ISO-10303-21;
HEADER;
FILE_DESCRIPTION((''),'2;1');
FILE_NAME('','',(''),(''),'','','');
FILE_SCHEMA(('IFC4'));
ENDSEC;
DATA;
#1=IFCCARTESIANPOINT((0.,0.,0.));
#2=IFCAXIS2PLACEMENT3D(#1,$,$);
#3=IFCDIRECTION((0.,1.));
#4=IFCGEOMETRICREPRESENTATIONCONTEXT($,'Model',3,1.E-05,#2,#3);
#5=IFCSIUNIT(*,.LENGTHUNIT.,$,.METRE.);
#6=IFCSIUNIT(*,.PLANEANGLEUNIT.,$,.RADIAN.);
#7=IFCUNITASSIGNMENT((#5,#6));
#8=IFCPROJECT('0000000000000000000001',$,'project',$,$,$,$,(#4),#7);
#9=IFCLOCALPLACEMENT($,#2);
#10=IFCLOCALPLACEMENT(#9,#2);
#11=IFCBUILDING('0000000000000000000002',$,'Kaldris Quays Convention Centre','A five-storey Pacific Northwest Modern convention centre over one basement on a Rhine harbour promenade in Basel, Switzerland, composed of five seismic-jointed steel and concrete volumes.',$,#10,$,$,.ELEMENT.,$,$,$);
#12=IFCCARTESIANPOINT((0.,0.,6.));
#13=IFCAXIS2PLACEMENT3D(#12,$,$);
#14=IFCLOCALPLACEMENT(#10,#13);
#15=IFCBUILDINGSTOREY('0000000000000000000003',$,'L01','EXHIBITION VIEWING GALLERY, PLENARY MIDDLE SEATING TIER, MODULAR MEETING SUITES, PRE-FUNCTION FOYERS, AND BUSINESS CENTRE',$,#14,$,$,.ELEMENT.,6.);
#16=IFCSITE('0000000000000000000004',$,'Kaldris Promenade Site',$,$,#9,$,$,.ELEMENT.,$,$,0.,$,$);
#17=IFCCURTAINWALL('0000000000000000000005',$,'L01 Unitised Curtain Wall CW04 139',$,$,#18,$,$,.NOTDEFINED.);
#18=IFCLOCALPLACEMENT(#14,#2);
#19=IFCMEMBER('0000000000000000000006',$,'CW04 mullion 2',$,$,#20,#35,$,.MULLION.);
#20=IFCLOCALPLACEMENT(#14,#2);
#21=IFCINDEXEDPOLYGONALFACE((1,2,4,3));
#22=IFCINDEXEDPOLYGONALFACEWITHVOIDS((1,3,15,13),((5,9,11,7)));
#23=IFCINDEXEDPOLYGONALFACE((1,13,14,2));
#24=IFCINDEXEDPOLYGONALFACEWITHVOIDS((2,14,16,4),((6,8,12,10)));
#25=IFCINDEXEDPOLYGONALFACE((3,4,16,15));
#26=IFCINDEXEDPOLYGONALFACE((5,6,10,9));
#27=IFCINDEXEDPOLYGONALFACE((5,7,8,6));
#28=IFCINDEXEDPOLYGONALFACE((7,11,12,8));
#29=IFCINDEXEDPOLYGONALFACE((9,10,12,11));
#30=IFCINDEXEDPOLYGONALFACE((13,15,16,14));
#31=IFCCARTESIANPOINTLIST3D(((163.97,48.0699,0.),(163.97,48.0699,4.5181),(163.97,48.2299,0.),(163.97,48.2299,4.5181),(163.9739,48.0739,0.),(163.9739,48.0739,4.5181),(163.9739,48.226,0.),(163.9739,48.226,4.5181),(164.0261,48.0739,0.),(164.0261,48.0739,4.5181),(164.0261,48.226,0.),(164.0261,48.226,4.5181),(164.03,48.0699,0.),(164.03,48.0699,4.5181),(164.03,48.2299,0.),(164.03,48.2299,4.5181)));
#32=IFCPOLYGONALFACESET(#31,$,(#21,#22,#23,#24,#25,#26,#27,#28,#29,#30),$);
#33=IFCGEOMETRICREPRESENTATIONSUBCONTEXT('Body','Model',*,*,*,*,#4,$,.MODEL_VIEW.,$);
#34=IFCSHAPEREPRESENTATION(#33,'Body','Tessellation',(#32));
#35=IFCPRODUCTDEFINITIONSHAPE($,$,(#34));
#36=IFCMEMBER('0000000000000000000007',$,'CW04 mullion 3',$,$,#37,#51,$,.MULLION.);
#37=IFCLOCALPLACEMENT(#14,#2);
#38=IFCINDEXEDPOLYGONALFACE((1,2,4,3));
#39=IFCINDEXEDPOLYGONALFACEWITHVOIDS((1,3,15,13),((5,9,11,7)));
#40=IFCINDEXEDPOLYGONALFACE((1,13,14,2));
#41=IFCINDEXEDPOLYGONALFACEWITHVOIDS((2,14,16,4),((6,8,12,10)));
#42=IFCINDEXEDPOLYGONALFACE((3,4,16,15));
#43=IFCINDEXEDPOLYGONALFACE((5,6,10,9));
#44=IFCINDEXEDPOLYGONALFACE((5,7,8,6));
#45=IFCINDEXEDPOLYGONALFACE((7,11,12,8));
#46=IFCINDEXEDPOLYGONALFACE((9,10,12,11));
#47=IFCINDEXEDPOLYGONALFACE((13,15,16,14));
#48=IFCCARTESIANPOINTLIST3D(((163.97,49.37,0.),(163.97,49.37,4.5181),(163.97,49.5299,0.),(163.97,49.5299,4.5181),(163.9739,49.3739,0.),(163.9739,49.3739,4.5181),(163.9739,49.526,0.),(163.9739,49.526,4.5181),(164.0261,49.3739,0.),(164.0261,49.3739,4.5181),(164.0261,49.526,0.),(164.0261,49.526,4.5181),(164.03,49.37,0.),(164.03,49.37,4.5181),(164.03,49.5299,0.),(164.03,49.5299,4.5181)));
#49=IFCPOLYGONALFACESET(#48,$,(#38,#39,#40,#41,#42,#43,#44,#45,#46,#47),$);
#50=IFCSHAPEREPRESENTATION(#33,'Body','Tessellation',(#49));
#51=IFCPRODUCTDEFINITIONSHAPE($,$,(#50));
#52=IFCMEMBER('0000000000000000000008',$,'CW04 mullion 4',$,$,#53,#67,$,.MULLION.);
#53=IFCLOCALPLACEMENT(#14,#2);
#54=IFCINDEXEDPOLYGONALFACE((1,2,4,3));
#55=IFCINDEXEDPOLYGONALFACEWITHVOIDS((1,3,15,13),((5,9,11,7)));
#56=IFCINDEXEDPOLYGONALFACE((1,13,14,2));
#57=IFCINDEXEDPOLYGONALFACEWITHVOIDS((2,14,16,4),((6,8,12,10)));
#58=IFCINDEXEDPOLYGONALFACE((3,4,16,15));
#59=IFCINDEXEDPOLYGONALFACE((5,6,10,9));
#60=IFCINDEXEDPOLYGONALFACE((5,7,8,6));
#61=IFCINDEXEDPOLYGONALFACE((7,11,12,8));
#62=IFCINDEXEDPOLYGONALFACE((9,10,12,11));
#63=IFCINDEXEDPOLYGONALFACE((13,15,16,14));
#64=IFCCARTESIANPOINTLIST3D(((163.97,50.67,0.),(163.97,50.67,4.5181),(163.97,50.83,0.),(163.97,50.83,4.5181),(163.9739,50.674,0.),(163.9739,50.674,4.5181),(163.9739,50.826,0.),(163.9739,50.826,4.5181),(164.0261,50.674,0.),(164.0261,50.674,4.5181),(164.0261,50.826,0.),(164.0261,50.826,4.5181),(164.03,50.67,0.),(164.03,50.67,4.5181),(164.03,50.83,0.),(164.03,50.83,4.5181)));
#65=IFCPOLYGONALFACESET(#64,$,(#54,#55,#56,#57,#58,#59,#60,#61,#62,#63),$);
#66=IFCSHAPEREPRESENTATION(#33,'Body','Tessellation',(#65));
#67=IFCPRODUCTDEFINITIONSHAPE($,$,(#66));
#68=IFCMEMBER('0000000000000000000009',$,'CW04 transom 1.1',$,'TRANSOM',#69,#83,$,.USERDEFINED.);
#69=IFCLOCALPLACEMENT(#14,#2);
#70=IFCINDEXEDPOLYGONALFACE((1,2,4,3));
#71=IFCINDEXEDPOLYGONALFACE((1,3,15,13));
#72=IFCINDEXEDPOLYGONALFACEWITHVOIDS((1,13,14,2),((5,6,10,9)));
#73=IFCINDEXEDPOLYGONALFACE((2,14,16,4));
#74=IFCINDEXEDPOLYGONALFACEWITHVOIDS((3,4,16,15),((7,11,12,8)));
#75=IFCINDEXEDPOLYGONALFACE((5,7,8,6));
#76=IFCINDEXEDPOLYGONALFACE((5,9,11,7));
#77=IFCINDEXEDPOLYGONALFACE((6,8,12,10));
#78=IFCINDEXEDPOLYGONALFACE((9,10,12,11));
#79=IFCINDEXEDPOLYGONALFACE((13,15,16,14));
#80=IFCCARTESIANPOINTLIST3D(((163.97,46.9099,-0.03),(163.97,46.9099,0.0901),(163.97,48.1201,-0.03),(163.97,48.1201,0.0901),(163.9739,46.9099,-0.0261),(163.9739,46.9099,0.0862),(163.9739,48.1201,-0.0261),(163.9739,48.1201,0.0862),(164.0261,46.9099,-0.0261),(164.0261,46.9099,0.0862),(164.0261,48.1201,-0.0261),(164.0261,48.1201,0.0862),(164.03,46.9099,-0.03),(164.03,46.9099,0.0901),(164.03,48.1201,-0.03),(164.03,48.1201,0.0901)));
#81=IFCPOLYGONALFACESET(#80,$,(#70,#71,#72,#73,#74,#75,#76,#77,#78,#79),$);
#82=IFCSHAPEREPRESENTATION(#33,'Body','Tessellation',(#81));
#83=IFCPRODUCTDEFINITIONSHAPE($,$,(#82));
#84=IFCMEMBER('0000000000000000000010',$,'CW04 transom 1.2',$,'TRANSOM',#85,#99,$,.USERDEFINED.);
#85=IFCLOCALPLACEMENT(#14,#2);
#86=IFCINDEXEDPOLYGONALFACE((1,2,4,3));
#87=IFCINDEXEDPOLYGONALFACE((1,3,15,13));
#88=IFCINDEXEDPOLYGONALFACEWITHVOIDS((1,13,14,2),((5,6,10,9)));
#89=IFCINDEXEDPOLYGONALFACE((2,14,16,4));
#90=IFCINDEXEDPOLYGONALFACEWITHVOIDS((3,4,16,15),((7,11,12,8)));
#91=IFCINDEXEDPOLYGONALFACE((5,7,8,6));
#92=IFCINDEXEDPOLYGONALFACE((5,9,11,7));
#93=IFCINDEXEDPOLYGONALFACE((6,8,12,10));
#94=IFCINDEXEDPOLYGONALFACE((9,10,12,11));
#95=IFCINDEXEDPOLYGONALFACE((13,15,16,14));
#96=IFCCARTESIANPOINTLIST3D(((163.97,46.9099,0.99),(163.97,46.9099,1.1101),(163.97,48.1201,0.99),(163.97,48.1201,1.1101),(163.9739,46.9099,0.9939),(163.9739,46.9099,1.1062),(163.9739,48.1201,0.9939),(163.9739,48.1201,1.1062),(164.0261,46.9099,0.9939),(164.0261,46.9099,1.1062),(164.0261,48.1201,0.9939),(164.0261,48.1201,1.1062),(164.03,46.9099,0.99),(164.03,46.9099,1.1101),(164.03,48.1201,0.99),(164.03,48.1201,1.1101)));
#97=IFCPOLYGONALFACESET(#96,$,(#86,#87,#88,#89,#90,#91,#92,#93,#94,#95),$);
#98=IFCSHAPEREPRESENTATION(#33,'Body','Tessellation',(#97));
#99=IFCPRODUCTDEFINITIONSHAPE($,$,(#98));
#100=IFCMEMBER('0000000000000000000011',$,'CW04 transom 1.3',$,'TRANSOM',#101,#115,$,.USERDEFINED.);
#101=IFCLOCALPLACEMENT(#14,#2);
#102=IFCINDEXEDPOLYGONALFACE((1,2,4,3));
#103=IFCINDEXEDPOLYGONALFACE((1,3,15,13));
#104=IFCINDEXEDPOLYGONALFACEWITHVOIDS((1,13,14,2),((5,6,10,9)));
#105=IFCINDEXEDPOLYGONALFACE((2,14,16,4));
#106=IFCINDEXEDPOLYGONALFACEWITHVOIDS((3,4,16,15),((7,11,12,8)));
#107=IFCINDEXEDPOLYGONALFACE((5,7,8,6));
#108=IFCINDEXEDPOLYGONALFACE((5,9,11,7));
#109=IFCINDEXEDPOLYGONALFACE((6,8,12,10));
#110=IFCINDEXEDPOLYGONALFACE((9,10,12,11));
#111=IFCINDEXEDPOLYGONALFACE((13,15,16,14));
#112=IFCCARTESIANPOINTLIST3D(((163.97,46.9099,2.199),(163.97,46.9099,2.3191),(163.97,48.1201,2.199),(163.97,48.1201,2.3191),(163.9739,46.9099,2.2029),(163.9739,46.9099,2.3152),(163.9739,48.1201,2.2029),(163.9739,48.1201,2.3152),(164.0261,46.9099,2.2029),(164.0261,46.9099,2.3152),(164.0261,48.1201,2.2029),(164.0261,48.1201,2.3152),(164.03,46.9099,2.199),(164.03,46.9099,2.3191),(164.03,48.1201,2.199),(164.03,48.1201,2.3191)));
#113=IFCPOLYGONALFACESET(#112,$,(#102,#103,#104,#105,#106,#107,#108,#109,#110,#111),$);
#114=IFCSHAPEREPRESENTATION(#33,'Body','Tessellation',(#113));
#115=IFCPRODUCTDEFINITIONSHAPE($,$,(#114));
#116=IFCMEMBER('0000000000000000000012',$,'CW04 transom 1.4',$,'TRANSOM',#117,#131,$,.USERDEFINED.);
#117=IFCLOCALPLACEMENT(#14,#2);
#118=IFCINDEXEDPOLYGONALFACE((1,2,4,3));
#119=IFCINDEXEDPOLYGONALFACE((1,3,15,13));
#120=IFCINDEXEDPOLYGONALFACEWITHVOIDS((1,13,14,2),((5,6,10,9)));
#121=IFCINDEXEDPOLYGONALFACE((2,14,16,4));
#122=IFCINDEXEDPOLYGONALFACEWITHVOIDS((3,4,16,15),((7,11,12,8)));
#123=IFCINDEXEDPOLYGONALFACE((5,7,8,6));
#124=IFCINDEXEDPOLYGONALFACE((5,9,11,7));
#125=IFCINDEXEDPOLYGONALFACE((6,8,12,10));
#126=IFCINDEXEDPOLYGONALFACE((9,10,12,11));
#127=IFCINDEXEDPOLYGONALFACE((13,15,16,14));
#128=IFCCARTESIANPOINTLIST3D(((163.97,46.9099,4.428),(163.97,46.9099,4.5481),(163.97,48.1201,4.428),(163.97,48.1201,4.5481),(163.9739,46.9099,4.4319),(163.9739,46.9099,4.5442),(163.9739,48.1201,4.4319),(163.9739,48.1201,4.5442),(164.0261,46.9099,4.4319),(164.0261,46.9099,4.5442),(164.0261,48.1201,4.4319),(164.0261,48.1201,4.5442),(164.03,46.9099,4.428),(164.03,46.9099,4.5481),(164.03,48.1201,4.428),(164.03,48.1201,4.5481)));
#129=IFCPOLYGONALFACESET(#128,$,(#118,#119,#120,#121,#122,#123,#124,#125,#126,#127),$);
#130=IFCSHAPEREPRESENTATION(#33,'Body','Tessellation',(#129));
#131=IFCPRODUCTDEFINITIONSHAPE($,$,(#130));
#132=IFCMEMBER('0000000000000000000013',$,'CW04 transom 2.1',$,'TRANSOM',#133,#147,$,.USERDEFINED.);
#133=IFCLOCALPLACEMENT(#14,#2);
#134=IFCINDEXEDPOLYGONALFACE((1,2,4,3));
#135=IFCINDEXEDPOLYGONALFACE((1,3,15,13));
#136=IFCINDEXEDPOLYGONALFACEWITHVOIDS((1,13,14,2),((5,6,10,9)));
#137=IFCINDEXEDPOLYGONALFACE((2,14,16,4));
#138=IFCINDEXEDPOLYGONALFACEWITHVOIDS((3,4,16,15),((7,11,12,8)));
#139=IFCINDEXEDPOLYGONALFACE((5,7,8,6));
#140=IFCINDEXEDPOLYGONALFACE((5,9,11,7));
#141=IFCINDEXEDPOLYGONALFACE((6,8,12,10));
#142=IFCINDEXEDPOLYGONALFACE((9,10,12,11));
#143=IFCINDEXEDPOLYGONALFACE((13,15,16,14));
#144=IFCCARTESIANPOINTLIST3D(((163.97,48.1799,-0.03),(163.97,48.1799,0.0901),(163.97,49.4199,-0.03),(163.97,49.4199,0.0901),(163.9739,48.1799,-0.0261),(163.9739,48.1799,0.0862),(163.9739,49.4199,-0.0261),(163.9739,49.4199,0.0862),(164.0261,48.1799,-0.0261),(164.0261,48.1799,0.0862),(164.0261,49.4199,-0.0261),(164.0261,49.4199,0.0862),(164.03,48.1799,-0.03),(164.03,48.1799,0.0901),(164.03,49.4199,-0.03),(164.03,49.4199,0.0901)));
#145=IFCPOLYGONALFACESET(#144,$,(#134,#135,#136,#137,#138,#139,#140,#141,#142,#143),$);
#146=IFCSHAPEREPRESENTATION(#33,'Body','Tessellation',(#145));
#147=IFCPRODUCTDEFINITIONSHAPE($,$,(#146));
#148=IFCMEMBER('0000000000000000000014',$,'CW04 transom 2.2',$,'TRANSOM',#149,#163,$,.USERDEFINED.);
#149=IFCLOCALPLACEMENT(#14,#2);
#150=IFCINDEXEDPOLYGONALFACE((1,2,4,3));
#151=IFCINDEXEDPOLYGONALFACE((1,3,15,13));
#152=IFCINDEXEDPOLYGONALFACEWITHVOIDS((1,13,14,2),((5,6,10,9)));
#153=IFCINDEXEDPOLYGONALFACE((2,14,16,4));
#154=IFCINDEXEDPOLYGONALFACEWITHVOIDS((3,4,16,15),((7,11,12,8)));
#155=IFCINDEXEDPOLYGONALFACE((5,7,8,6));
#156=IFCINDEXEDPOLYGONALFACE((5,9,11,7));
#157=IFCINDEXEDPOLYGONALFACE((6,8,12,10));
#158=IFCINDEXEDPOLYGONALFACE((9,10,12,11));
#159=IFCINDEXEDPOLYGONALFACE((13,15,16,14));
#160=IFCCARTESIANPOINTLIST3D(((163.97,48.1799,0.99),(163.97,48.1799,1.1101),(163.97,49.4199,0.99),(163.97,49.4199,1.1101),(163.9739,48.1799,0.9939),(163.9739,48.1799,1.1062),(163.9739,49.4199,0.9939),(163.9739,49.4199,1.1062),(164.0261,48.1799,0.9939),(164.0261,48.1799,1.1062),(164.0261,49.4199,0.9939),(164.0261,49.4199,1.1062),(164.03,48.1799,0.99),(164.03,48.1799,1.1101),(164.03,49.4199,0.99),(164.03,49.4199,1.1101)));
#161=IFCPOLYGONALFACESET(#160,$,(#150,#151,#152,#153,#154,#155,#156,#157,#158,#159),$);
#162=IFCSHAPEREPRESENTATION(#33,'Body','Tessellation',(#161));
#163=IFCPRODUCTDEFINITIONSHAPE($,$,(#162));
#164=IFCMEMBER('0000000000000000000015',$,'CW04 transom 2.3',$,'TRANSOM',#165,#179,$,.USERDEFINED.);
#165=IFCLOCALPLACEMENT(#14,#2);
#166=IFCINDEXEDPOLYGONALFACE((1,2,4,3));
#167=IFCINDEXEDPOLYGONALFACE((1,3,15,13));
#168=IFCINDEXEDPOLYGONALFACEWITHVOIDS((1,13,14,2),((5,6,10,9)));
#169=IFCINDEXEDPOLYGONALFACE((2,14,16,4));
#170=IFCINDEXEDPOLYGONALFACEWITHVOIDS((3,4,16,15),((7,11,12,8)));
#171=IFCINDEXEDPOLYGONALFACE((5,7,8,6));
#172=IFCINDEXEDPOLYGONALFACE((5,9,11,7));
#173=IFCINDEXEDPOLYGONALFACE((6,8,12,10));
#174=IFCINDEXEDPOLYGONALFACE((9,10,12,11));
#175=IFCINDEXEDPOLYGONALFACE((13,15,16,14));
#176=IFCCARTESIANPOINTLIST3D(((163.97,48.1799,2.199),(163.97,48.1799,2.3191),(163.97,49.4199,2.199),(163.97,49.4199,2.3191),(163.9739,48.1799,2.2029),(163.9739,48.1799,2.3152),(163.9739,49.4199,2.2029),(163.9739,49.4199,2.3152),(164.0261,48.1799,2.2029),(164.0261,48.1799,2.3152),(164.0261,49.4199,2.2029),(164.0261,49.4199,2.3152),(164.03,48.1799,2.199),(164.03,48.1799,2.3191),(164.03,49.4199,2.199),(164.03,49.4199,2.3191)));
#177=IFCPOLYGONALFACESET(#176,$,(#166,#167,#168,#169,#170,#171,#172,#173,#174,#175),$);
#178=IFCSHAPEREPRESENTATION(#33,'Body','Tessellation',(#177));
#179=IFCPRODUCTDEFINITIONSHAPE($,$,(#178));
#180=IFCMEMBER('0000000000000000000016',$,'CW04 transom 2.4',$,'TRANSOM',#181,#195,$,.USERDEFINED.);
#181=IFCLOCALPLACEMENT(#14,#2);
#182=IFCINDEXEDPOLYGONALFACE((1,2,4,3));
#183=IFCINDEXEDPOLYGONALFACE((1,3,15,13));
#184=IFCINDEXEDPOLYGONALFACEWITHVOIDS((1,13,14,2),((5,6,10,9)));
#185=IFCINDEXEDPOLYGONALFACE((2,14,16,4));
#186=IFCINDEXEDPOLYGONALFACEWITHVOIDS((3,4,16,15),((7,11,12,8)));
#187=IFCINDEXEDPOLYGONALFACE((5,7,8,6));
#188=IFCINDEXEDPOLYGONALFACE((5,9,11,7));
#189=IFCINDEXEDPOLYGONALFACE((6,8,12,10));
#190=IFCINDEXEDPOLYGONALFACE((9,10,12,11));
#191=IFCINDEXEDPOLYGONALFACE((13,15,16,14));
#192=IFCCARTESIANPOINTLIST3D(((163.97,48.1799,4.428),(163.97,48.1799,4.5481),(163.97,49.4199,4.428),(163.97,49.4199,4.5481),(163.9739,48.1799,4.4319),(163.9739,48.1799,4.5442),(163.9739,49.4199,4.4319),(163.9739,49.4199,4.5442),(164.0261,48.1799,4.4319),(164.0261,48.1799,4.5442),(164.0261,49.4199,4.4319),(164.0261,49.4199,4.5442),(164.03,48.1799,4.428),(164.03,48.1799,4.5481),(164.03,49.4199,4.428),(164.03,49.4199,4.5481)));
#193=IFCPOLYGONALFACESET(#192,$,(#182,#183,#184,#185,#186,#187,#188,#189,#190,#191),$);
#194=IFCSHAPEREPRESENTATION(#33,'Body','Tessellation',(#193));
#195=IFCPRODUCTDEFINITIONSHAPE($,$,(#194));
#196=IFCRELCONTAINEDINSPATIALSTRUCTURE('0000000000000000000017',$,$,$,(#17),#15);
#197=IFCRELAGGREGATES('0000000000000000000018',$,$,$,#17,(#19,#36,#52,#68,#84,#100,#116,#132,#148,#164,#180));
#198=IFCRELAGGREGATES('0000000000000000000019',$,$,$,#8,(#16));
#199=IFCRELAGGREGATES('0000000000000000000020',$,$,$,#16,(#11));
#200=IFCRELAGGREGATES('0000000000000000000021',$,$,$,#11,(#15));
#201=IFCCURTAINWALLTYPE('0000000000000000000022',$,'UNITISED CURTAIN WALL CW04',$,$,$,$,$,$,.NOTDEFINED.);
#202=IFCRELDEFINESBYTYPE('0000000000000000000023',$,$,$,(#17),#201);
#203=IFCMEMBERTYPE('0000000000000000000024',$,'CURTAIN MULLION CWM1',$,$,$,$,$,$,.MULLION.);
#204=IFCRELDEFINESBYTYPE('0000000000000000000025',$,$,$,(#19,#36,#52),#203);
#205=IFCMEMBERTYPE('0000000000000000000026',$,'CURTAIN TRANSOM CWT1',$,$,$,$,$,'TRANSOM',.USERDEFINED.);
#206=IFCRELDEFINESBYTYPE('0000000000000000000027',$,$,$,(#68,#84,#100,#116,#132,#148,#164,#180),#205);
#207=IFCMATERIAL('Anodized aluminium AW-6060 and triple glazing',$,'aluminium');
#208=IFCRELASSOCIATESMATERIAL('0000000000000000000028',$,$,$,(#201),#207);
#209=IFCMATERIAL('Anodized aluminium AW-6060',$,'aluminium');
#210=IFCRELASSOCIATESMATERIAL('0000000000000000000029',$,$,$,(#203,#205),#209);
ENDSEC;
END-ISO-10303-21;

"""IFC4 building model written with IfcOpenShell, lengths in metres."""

from ifc_helpers import new_model, si_unit, direction, frame, origin, origin_2d, place, context, subcontext, project, spatial, hollow_rectangle, extrude, material, material_profile, profile_set, type_object, element, aggregate, save


model = new_model("IFC4")

# Units and contexts
model_context = context("Model", 3, precision=1e-05, world=origin(), true_north=direction((0.0, 1.0)))
body_context = subcontext(model_context, "Body", "Model", "MODEL_VIEW")
ifc_project = project(units=[si_unit("LENGTHUNIT", "METRE"), si_unit("PLANEANGLEUNIT", "RADIAN")], contexts=[model_context])

# Site, building, storey
site_placement = place(None, origin())
site = spatial("IfcSite", under=ifc_project, at=site_placement, Name="Kaldris Promenade Site", CompositionType="ELEMENT", RefElevation=0.0)
building_placement = place(site_placement, origin())
building = spatial("IfcBuilding", under=site, at=building_placement, Name="Kaldris Quays Convention Centre", Description="A five-storey Pacific Northwest Modern convention centre over one basement on a Rhine harbour promenade in Basel, Switzerland, composed of five seismic-jointed steel and concrete volumes.", CompositionType="ELEMENT")
storey_placement = place(building_placement, frame((0.0, 0.0, 6.0)))
storey = spatial("IfcBuildingStorey", under=building, at=storey_placement, Name="L01", Description="EXHIBITION VIEWING GALLERY, PLENARY MIDDLE SEATING TIER, MODULAR MEETING SUITES, PRE-FUNCTION FOYERS, AND BUSINESS CENTRE", CompositionType="ELEMENT", Elevation=6.0)

# Curtain wall, members
ifc_material_1 = material(Name="Anodized aluminium AW-6060 and triple glazing", Category="aluminium")
curtain_wall_type = type_object("IfcCurtainWallType", Name="UNITISED CURTAIN WALL CW04", PredefinedType="NOTDEFINED", material=ifc_material_1)
curtain_wall_placement = place(storey_placement, origin())
curtain_wall = element("IfcCurtainWall", 1, at=curtain_wall_placement, inside=storey, type_object=curtain_wall_type, Name="L01 Unitised Curtain Wall CW04 139", PredefinedType="NOTDEFINED")
ifc_material_2 = material(Name="Anodized aluminium AW-6060", Category="aluminium")
ifc_material_profile_1 = material_profile(ifc_material_2, hollow_rectangle(XDim=0.0601, YDim=0.1599, WallThickness=0.0039, at=origin_2d()), Name="RHS 160x60x4")
ifc_profile_set_1 = profile_set([ifc_material_profile_1], Name="Anodized aluminium AW-6060")
member_type_1 = type_object("IfcMemberType", Name="CURTAIN MULLION CWM1", PredefinedType="MULLION", material=ifc_profile_set_1)
member_1_placement = place(storey_placement, frame((164.0, 48.1499, 0.0), z_axis=(0.0, 0.0, 1.0), x_axis=(-1.0, 0.0, 0.0)))
member_1 = element("IfcMember", 2, at=member_1_placement, type_object=member_type_1, Name="CW04 mullion 2", PredefinedType="MULLION", context=body_context, shape_type="SweptSolid", body=[
    extrude(hollow_rectangle(XDim=0.0601, YDim=0.1599, WallThickness=0.0039, at=origin_2d()), origin(), (0.0, 0.0, 1.0), 4.5181),
])
member_2_placement = place(storey_placement, frame((164.0, 49.45, 0.0), z_axis=(0.0, 0.0, 1.0), x_axis=(-1.0, 0.0, 0.0)))
member_2 = element("IfcMember", 3, at=member_2_placement, type_object=member_type_1, Name="CW04 mullion 3", PredefinedType="MULLION", context=body_context, shape_type="SweptSolid", body=[
    extrude(hollow_rectangle(XDim=0.0601, YDim=0.1599, WallThickness=0.0039, at=origin_2d()), origin(), (0.0, 0.0, 1.0), 4.5181),
])
member_3_placement = place(storey_placement, frame((164.0, 50.75, 0.0), z_axis=(0.0, 0.0, 1.0), x_axis=(-1.0, 0.0, 0.0)))
member_3 = element("IfcMember", 4, at=member_3_placement, type_object=member_type_1, Name="CW04 mullion 4", PredefinedType="MULLION", context=body_context, shape_type="SweptSolid", body=[
    extrude(hollow_rectangle(XDim=0.0601, YDim=0.1599, WallThickness=0.0039, at=origin_2d()), origin(), (0.0, 0.0, 1.0), 4.5181),
])
ifc_material_profile_2 = material_profile(ifc_material_2, hollow_rectangle(XDim=0.0601, YDim=0.1201, WallThickness=0.0039, at=origin_2d()), Name="RHS 120x60x4")
ifc_profile_set_2 = profile_set([ifc_material_profile_2], Name="Anodized aluminium AW-6060")
member_type_2 = type_object("IfcMemberType", Name="CURTAIN TRANSOM CWT1", ElementType="TRANSOM", PredefinedType="USERDEFINED", material=ifc_profile_set_2)
member_4_placement = place(storey_placement, frame((164.0, 46.9099, 0.03), z_axis=(0.0, 1.0, 0.0), x_axis=(-1.0, 0.0, 0.0)))
member_4 = element("IfcMember", 5, at=member_4_placement, type_object=member_type_2, Name="CW04 transom 1.1", ObjectType="TRANSOM", PredefinedType="USERDEFINED", context=body_context, shape_type="SweptSolid", body=[
    extrude(hollow_rectangle(XDim=0.0601, YDim=0.1201, WallThickness=0.0039, at=origin_2d()), origin(), (0.0, 0.0, 1.0), 1.2102),
])
member_5_placement = place(storey_placement, frame((164.0, 46.9099, 1.05), z_axis=(0.0, 1.0, 0.0), x_axis=(-1.0, 0.0, 0.0)))
member_5 = element("IfcMember", 6, at=member_5_placement, type_object=member_type_2, Name="CW04 transom 1.2", ObjectType="TRANSOM", PredefinedType="USERDEFINED", context=body_context, shape_type="SweptSolid", body=[
    extrude(hollow_rectangle(XDim=0.0601, YDim=0.1201, WallThickness=0.0039, at=origin_2d()), origin(), (0.0, 0.0, 1.0), 1.2102),
])
member_6_placement = place(storey_placement, frame((164.0, 46.9099, 2.259), z_axis=(0.0, 1.0, 0.0), x_axis=(-1.0, 0.0, 0.0)))
member_6 = element("IfcMember", 7, at=member_6_placement, type_object=member_type_2, Name="CW04 transom 1.3", ObjectType="TRANSOM", PredefinedType="USERDEFINED", context=body_context, shape_type="SweptSolid", body=[
    extrude(hollow_rectangle(XDim=0.0601, YDim=0.1201, WallThickness=0.0039, at=origin_2d()), origin(), (0.0, 0.0, 1.0), 1.2102),
])
member_7_placement = place(storey_placement, frame((164.0, 46.9099, 4.488), z_axis=(0.0, 1.0, 0.0), x_axis=(-1.0, 0.0, 0.0)))
member_7 = element("IfcMember", 8, at=member_7_placement, type_object=member_type_2, Name="CW04 transom 1.4", ObjectType="TRANSOM", PredefinedType="USERDEFINED", context=body_context, shape_type="SweptSolid", body=[
    extrude(hollow_rectangle(XDim=0.0601, YDim=0.1201, WallThickness=0.0039, at=origin_2d()), origin(), (0.0, 0.0, 1.0), 1.2102),
])
member_8_placement = place(storey_placement, frame((164.0, 48.1799, 0.03), z_axis=(0.0, 1.0, 0.0), x_axis=(-1.0, 0.0, 0.0)))
member_8 = element("IfcMember", 9, at=member_8_placement, type_object=member_type_2, Name="CW04 transom 2.1", ObjectType="TRANSOM", PredefinedType="USERDEFINED", context=body_context, shape_type="SweptSolid", body=[
    extrude(hollow_rectangle(XDim=0.0601, YDim=0.1201, WallThickness=0.0039, at=origin_2d()), origin(), (0.0, 0.0, 1.0), 1.24),
])
member_9_placement = place(storey_placement, frame((164.0, 48.1799, 1.05), z_axis=(0.0, 1.0, 0.0), x_axis=(-1.0, 0.0, 0.0)))
member_9 = element("IfcMember", 10, at=member_9_placement, type_object=member_type_2, Name="CW04 transom 2.2", ObjectType="TRANSOM", PredefinedType="USERDEFINED", context=body_context, shape_type="SweptSolid", body=[
    extrude(hollow_rectangle(XDim=0.0601, YDim=0.1201, WallThickness=0.0039, at=origin_2d()), origin(), (0.0, 0.0, 1.0), 1.24),
])
member_10_placement = place(storey_placement, frame((164.0, 48.1799, 2.259), z_axis=(0.0, 1.0, 0.0), x_axis=(-1.0, 0.0, 0.0)))
member_10 = element("IfcMember", 11, at=member_10_placement, type_object=member_type_2, Name="CW04 transom 2.3", ObjectType="TRANSOM", PredefinedType="USERDEFINED", context=body_context, shape_type="SweptSolid", body=[
    extrude(hollow_rectangle(XDim=0.0601, YDim=0.1201, WallThickness=0.0039, at=origin_2d()), origin(), (0.0, 0.0, 1.0), 1.24),
])
member_11_placement = place(storey_placement, frame((164.0, 48.1799, 4.488), z_axis=(0.0, 1.0, 0.0), x_axis=(-1.0, 0.0, 0.0)))
member_11 = element("IfcMember", 12, at=member_11_placement, type_object=member_type_2, Name="CW04 transom 2.4", ObjectType="TRANSOM", PredefinedType="USERDEFINED", context=body_context, shape_type="SweptSolid", body=[
    extrude(hollow_rectangle(XDim=0.0601, YDim=0.1201, WallThickness=0.0039, at=origin_2d()), origin(), (0.0, 0.0, 1.0), 1.24),
])
aggregate(curtain_wall, [member_1, member_2, member_3, member_4, member_5, member_6, member_7, member_8, member_9, member_10, member_11])

save(model, "model.ifc")
